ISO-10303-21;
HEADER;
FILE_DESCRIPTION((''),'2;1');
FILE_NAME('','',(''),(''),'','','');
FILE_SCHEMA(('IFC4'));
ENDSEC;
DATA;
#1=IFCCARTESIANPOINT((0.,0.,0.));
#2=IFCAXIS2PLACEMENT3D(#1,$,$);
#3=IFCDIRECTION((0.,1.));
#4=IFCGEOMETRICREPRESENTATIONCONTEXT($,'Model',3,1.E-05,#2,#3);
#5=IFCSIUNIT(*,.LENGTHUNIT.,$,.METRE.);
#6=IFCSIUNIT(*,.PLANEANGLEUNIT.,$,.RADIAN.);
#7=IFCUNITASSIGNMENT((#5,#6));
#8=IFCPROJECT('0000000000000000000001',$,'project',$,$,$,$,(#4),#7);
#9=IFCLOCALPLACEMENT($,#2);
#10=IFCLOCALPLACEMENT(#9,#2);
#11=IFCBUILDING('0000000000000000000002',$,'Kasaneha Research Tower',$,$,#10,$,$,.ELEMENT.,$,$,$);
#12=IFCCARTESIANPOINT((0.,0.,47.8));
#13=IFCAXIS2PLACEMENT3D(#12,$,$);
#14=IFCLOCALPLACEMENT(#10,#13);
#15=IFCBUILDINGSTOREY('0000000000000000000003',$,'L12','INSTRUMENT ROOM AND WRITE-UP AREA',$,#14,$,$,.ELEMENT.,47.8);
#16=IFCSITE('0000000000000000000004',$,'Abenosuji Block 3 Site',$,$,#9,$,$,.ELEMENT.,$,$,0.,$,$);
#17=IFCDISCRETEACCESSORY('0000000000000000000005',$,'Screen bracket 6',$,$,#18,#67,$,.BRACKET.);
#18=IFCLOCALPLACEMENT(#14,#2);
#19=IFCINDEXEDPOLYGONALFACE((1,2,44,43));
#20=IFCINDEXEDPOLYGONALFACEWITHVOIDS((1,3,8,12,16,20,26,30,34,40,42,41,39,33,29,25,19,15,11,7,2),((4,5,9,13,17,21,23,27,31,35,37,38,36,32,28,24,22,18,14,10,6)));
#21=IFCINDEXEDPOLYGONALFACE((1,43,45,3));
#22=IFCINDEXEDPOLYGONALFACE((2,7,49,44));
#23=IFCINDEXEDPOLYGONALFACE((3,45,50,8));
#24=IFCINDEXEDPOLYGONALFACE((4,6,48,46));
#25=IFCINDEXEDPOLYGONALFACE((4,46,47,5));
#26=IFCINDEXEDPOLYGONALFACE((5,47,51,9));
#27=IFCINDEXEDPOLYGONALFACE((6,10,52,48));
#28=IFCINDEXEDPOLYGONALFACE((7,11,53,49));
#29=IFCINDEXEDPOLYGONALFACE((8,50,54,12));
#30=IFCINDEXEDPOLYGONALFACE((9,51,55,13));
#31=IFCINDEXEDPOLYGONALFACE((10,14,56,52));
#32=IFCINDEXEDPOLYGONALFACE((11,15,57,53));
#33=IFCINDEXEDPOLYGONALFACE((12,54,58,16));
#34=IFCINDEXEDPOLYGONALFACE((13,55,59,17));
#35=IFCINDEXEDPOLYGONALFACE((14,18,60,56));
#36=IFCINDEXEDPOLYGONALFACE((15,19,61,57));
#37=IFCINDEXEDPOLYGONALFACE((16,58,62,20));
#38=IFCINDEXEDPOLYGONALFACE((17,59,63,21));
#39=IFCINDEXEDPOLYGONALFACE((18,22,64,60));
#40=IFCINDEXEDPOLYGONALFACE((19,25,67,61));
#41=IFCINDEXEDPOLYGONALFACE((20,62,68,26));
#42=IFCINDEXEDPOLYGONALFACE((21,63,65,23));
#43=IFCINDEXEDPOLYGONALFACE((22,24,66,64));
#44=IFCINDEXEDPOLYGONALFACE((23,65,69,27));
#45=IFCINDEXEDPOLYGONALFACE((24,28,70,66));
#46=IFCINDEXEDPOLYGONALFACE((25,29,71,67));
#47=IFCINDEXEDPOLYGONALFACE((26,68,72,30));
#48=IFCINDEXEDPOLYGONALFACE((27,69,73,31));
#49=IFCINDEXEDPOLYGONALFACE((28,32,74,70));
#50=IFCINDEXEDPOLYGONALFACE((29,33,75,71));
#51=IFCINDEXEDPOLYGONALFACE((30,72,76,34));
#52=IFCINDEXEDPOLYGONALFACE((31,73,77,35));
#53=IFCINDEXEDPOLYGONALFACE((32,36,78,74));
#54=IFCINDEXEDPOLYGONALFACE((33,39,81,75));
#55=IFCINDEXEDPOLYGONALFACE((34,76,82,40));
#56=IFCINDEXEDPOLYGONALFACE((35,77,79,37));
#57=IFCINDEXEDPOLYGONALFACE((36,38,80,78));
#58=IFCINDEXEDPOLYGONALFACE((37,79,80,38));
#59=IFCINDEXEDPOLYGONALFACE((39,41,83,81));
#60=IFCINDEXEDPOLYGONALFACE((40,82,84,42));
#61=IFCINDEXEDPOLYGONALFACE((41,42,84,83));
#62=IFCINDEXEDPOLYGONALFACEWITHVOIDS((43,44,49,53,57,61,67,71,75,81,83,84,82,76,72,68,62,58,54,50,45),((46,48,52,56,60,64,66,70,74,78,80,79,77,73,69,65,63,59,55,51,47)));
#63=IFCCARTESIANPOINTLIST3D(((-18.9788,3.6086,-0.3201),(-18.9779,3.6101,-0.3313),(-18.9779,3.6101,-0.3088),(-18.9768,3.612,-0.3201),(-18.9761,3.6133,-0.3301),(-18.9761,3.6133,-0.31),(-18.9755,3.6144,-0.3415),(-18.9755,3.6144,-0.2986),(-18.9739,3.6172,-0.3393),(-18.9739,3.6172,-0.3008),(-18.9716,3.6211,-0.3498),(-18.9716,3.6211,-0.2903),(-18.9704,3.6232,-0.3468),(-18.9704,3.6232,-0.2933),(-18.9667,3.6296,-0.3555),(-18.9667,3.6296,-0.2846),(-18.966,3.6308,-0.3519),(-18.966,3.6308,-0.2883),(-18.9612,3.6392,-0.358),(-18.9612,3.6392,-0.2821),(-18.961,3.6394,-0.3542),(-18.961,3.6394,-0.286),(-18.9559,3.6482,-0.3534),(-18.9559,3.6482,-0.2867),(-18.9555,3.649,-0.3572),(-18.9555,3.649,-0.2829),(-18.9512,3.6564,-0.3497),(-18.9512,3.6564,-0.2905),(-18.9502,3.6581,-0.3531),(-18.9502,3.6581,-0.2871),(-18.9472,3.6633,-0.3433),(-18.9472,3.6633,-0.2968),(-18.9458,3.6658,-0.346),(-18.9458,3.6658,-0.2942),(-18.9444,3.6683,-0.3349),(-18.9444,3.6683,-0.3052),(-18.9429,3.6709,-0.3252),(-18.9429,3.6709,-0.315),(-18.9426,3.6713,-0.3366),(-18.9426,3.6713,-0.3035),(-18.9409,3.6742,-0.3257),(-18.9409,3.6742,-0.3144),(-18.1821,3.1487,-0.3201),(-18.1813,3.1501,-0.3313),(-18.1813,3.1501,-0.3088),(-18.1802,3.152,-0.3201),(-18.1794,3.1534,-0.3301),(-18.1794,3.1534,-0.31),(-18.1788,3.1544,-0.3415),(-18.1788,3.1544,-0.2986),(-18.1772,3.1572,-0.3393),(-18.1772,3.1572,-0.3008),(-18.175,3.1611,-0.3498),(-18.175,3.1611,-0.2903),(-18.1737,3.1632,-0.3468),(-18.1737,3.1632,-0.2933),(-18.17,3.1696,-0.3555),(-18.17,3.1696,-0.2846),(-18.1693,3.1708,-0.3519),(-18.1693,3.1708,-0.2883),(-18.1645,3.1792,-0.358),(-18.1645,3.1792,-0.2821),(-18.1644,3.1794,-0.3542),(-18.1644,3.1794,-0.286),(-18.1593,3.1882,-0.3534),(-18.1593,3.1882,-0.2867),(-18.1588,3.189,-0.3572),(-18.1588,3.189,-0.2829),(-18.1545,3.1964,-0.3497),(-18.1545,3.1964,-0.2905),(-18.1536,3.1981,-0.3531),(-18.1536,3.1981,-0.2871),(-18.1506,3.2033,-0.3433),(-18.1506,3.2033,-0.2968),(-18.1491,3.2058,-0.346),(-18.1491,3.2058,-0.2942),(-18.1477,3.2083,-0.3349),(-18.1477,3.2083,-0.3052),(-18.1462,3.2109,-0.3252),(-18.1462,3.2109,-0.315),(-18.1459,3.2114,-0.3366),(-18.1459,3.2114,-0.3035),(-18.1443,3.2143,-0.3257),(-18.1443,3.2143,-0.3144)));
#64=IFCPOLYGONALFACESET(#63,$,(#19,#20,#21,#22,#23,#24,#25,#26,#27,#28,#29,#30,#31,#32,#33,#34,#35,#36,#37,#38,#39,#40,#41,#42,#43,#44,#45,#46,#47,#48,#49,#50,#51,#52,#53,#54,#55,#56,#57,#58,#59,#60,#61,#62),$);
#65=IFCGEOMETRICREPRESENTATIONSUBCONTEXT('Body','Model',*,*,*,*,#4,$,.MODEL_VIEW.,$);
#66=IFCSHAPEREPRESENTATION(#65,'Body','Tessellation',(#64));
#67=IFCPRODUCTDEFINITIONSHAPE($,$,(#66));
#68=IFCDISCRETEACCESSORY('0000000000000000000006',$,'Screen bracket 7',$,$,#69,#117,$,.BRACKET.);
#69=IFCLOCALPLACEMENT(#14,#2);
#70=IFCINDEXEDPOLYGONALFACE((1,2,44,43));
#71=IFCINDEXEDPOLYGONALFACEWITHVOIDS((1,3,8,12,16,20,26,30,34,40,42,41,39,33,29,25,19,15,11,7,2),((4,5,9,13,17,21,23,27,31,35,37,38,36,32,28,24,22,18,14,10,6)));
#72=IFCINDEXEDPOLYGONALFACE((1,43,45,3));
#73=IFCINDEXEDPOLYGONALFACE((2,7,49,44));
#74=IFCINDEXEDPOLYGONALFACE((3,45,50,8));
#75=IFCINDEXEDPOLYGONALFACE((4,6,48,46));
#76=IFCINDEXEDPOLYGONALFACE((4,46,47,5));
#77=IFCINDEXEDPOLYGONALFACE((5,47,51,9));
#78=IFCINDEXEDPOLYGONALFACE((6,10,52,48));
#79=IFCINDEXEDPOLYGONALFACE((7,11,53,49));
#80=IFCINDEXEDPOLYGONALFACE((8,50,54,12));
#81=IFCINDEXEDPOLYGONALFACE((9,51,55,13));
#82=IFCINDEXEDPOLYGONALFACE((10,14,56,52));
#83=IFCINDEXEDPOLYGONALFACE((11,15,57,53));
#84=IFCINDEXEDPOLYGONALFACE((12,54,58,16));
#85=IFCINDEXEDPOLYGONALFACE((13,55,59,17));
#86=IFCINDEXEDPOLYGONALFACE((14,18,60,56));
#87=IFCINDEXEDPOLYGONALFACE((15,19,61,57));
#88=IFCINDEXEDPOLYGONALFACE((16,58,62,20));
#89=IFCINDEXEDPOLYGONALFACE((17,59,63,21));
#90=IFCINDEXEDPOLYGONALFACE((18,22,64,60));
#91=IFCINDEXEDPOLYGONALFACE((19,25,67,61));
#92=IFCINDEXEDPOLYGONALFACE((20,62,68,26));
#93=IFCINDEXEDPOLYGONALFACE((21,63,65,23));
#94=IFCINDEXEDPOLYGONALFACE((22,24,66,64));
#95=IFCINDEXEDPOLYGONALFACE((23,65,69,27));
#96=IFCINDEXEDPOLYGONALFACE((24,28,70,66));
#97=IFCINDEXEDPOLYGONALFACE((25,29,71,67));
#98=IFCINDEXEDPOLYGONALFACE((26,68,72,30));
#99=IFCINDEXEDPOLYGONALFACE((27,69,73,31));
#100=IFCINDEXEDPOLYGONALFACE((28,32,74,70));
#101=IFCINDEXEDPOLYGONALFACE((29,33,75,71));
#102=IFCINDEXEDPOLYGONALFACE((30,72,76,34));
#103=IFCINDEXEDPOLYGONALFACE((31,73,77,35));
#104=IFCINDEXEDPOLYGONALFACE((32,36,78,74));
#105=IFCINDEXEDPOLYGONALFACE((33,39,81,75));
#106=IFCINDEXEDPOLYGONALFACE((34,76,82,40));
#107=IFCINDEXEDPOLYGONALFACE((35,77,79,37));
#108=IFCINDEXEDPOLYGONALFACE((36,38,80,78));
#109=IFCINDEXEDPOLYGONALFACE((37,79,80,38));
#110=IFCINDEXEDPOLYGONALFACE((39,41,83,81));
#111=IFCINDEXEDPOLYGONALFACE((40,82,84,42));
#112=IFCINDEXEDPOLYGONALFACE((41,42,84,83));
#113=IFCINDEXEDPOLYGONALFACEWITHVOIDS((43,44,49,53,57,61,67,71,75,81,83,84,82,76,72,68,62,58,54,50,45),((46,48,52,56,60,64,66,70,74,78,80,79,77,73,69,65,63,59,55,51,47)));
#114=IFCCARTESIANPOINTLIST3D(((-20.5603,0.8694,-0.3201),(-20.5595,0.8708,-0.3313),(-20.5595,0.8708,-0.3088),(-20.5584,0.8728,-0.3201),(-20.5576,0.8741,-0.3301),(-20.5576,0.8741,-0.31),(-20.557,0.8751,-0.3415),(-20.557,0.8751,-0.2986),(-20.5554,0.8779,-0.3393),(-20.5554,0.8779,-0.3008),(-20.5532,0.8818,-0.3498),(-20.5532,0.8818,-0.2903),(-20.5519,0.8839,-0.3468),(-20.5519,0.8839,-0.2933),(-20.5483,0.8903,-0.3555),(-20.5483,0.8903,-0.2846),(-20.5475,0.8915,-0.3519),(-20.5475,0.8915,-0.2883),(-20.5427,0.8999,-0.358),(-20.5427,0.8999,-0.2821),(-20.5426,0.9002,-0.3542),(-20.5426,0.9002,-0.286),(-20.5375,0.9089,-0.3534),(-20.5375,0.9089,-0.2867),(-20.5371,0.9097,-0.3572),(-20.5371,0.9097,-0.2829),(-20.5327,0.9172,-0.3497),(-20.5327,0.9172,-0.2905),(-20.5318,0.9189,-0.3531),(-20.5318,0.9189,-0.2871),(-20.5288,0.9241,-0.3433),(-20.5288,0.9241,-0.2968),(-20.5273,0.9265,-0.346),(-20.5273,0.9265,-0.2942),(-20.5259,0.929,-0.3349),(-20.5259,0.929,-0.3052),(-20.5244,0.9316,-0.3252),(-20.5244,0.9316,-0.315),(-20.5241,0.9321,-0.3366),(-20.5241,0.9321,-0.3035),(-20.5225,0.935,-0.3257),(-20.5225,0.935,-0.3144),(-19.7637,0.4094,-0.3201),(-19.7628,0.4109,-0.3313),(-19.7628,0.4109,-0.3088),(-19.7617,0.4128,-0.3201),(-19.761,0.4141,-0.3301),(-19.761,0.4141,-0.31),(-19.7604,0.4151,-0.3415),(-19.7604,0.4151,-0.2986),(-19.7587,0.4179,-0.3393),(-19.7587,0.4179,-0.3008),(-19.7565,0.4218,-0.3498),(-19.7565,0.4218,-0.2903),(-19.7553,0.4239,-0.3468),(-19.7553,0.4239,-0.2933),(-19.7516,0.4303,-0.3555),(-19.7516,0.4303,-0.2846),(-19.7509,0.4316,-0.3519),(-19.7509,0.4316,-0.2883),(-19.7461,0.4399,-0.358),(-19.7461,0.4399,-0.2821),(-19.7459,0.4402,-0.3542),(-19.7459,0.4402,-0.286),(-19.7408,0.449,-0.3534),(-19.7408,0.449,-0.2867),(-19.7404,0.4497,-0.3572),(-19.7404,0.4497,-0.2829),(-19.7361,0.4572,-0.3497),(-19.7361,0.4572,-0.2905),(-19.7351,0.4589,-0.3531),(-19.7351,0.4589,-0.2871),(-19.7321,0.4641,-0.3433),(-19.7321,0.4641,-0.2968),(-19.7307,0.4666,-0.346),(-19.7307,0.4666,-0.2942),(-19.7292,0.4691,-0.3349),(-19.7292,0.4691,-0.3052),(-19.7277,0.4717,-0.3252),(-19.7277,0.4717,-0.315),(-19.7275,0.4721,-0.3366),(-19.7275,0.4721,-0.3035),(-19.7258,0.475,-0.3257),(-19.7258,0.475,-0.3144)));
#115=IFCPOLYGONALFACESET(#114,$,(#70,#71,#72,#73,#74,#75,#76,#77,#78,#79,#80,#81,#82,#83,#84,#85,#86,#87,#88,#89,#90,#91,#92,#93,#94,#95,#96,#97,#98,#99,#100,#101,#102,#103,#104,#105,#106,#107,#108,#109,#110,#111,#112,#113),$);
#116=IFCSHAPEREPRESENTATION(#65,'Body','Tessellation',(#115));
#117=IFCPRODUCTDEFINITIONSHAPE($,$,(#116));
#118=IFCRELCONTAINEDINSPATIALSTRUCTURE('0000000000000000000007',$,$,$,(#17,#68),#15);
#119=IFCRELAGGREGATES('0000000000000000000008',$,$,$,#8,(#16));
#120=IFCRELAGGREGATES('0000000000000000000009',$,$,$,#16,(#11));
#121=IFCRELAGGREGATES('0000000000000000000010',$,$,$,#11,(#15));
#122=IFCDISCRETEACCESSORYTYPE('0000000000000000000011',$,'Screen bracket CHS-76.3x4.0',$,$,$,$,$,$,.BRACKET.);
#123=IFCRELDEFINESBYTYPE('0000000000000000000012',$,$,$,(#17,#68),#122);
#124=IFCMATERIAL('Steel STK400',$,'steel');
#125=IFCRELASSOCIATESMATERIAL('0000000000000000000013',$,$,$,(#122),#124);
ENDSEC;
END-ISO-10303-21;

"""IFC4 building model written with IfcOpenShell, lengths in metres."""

from ifc_helpers import new_model, si_unit, direction, frame, origin, origin_2d, place, context, subcontext, project, spatial, hollow_circle, extrude, material, material_profile, profile_set, type_object, element, save


model = new_model("IFC4")

# Units and contexts
model_context = context("Model", 3, precision=1e-05, world=origin(), true_north=direction((0.0, 1.0)))
body_context = subcontext(model_context, "Body", "Model", "MODEL_VIEW")
ifc_project = project(units=[si_unit("LENGTHUNIT", "METRE"), si_unit("PLANEANGLEUNIT", "RADIAN")], contexts=[model_context])

# Site, building, storey
site_placement = place(None, origin())
site = spatial("IfcSite", under=ifc_project, at=site_placement, Name="Abenosuji Block 3 Site", CompositionType="ELEMENT", RefElevation=0.0)
building_placement = place(site_placement, origin())
building = spatial("IfcBuilding", under=site, at=building_placement, Name="Kasaneha Research Tower", CompositionType="ELEMENT")
storey_placement = place(building_placement, frame((0.0, 0.0, 47.8)))
storey = spatial("IfcBuildingStorey", under=building, at=storey_placement, Name="L12", Description="INSTRUMENT ROOM AND WRITE-UP AREA", CompositionType="ELEMENT", Elevation=47.8)

# Discrete accessories
ifc_material_1 = material(Name="Steel STK400", Category="steel")
ifc_material_profile_1 = material_profile(ifc_material_1, hollow_circle(Radius=0.0381, WallThickness=0.0039, at=origin_2d()), Name="CHS-76.3x4.0")
ifc_profile_set_1 = profile_set([ifc_material_profile_1], Name="Steel STK400")
discrete_accessory_type = type_object("IfcDiscreteAccessoryType", Name="Screen bracket CHS-76.3x4.0", PredefinedType="BRACKET", material=ifc_profile_set_1)
for number, where, z_axis, x_axis, name in (
    (1, (-18.1631, 3.1816, -0.3201), (-0.866013, 0.500021, 0.0), (-0.500021, -0.866013, 0.0), "Screen bracket 6"),
    (2, (-19.7446, 0.4424, -0.3201), (-0.866013, 0.500021, 0.0), (-0.500021, -0.866013, 0.0), "Screen bracket 7"),
):
    element("IfcDiscreteAccessory", number, at=place(storey_placement, frame(where, z_axis=z_axis, x_axis=x_axis)), inside=storey, type_object=discrete_accessory_type, Name=name, PredefinedType="BRACKET", context=body_context, shape_type="SweptSolid", body=[
        extrude(hollow_circle(Radius=0.0381, WallThickness=0.0039, at=origin_2d()), origin(), (0.0, 0.0, 1.0), 0.9199),
    ])

save(model, "model.ifc")
